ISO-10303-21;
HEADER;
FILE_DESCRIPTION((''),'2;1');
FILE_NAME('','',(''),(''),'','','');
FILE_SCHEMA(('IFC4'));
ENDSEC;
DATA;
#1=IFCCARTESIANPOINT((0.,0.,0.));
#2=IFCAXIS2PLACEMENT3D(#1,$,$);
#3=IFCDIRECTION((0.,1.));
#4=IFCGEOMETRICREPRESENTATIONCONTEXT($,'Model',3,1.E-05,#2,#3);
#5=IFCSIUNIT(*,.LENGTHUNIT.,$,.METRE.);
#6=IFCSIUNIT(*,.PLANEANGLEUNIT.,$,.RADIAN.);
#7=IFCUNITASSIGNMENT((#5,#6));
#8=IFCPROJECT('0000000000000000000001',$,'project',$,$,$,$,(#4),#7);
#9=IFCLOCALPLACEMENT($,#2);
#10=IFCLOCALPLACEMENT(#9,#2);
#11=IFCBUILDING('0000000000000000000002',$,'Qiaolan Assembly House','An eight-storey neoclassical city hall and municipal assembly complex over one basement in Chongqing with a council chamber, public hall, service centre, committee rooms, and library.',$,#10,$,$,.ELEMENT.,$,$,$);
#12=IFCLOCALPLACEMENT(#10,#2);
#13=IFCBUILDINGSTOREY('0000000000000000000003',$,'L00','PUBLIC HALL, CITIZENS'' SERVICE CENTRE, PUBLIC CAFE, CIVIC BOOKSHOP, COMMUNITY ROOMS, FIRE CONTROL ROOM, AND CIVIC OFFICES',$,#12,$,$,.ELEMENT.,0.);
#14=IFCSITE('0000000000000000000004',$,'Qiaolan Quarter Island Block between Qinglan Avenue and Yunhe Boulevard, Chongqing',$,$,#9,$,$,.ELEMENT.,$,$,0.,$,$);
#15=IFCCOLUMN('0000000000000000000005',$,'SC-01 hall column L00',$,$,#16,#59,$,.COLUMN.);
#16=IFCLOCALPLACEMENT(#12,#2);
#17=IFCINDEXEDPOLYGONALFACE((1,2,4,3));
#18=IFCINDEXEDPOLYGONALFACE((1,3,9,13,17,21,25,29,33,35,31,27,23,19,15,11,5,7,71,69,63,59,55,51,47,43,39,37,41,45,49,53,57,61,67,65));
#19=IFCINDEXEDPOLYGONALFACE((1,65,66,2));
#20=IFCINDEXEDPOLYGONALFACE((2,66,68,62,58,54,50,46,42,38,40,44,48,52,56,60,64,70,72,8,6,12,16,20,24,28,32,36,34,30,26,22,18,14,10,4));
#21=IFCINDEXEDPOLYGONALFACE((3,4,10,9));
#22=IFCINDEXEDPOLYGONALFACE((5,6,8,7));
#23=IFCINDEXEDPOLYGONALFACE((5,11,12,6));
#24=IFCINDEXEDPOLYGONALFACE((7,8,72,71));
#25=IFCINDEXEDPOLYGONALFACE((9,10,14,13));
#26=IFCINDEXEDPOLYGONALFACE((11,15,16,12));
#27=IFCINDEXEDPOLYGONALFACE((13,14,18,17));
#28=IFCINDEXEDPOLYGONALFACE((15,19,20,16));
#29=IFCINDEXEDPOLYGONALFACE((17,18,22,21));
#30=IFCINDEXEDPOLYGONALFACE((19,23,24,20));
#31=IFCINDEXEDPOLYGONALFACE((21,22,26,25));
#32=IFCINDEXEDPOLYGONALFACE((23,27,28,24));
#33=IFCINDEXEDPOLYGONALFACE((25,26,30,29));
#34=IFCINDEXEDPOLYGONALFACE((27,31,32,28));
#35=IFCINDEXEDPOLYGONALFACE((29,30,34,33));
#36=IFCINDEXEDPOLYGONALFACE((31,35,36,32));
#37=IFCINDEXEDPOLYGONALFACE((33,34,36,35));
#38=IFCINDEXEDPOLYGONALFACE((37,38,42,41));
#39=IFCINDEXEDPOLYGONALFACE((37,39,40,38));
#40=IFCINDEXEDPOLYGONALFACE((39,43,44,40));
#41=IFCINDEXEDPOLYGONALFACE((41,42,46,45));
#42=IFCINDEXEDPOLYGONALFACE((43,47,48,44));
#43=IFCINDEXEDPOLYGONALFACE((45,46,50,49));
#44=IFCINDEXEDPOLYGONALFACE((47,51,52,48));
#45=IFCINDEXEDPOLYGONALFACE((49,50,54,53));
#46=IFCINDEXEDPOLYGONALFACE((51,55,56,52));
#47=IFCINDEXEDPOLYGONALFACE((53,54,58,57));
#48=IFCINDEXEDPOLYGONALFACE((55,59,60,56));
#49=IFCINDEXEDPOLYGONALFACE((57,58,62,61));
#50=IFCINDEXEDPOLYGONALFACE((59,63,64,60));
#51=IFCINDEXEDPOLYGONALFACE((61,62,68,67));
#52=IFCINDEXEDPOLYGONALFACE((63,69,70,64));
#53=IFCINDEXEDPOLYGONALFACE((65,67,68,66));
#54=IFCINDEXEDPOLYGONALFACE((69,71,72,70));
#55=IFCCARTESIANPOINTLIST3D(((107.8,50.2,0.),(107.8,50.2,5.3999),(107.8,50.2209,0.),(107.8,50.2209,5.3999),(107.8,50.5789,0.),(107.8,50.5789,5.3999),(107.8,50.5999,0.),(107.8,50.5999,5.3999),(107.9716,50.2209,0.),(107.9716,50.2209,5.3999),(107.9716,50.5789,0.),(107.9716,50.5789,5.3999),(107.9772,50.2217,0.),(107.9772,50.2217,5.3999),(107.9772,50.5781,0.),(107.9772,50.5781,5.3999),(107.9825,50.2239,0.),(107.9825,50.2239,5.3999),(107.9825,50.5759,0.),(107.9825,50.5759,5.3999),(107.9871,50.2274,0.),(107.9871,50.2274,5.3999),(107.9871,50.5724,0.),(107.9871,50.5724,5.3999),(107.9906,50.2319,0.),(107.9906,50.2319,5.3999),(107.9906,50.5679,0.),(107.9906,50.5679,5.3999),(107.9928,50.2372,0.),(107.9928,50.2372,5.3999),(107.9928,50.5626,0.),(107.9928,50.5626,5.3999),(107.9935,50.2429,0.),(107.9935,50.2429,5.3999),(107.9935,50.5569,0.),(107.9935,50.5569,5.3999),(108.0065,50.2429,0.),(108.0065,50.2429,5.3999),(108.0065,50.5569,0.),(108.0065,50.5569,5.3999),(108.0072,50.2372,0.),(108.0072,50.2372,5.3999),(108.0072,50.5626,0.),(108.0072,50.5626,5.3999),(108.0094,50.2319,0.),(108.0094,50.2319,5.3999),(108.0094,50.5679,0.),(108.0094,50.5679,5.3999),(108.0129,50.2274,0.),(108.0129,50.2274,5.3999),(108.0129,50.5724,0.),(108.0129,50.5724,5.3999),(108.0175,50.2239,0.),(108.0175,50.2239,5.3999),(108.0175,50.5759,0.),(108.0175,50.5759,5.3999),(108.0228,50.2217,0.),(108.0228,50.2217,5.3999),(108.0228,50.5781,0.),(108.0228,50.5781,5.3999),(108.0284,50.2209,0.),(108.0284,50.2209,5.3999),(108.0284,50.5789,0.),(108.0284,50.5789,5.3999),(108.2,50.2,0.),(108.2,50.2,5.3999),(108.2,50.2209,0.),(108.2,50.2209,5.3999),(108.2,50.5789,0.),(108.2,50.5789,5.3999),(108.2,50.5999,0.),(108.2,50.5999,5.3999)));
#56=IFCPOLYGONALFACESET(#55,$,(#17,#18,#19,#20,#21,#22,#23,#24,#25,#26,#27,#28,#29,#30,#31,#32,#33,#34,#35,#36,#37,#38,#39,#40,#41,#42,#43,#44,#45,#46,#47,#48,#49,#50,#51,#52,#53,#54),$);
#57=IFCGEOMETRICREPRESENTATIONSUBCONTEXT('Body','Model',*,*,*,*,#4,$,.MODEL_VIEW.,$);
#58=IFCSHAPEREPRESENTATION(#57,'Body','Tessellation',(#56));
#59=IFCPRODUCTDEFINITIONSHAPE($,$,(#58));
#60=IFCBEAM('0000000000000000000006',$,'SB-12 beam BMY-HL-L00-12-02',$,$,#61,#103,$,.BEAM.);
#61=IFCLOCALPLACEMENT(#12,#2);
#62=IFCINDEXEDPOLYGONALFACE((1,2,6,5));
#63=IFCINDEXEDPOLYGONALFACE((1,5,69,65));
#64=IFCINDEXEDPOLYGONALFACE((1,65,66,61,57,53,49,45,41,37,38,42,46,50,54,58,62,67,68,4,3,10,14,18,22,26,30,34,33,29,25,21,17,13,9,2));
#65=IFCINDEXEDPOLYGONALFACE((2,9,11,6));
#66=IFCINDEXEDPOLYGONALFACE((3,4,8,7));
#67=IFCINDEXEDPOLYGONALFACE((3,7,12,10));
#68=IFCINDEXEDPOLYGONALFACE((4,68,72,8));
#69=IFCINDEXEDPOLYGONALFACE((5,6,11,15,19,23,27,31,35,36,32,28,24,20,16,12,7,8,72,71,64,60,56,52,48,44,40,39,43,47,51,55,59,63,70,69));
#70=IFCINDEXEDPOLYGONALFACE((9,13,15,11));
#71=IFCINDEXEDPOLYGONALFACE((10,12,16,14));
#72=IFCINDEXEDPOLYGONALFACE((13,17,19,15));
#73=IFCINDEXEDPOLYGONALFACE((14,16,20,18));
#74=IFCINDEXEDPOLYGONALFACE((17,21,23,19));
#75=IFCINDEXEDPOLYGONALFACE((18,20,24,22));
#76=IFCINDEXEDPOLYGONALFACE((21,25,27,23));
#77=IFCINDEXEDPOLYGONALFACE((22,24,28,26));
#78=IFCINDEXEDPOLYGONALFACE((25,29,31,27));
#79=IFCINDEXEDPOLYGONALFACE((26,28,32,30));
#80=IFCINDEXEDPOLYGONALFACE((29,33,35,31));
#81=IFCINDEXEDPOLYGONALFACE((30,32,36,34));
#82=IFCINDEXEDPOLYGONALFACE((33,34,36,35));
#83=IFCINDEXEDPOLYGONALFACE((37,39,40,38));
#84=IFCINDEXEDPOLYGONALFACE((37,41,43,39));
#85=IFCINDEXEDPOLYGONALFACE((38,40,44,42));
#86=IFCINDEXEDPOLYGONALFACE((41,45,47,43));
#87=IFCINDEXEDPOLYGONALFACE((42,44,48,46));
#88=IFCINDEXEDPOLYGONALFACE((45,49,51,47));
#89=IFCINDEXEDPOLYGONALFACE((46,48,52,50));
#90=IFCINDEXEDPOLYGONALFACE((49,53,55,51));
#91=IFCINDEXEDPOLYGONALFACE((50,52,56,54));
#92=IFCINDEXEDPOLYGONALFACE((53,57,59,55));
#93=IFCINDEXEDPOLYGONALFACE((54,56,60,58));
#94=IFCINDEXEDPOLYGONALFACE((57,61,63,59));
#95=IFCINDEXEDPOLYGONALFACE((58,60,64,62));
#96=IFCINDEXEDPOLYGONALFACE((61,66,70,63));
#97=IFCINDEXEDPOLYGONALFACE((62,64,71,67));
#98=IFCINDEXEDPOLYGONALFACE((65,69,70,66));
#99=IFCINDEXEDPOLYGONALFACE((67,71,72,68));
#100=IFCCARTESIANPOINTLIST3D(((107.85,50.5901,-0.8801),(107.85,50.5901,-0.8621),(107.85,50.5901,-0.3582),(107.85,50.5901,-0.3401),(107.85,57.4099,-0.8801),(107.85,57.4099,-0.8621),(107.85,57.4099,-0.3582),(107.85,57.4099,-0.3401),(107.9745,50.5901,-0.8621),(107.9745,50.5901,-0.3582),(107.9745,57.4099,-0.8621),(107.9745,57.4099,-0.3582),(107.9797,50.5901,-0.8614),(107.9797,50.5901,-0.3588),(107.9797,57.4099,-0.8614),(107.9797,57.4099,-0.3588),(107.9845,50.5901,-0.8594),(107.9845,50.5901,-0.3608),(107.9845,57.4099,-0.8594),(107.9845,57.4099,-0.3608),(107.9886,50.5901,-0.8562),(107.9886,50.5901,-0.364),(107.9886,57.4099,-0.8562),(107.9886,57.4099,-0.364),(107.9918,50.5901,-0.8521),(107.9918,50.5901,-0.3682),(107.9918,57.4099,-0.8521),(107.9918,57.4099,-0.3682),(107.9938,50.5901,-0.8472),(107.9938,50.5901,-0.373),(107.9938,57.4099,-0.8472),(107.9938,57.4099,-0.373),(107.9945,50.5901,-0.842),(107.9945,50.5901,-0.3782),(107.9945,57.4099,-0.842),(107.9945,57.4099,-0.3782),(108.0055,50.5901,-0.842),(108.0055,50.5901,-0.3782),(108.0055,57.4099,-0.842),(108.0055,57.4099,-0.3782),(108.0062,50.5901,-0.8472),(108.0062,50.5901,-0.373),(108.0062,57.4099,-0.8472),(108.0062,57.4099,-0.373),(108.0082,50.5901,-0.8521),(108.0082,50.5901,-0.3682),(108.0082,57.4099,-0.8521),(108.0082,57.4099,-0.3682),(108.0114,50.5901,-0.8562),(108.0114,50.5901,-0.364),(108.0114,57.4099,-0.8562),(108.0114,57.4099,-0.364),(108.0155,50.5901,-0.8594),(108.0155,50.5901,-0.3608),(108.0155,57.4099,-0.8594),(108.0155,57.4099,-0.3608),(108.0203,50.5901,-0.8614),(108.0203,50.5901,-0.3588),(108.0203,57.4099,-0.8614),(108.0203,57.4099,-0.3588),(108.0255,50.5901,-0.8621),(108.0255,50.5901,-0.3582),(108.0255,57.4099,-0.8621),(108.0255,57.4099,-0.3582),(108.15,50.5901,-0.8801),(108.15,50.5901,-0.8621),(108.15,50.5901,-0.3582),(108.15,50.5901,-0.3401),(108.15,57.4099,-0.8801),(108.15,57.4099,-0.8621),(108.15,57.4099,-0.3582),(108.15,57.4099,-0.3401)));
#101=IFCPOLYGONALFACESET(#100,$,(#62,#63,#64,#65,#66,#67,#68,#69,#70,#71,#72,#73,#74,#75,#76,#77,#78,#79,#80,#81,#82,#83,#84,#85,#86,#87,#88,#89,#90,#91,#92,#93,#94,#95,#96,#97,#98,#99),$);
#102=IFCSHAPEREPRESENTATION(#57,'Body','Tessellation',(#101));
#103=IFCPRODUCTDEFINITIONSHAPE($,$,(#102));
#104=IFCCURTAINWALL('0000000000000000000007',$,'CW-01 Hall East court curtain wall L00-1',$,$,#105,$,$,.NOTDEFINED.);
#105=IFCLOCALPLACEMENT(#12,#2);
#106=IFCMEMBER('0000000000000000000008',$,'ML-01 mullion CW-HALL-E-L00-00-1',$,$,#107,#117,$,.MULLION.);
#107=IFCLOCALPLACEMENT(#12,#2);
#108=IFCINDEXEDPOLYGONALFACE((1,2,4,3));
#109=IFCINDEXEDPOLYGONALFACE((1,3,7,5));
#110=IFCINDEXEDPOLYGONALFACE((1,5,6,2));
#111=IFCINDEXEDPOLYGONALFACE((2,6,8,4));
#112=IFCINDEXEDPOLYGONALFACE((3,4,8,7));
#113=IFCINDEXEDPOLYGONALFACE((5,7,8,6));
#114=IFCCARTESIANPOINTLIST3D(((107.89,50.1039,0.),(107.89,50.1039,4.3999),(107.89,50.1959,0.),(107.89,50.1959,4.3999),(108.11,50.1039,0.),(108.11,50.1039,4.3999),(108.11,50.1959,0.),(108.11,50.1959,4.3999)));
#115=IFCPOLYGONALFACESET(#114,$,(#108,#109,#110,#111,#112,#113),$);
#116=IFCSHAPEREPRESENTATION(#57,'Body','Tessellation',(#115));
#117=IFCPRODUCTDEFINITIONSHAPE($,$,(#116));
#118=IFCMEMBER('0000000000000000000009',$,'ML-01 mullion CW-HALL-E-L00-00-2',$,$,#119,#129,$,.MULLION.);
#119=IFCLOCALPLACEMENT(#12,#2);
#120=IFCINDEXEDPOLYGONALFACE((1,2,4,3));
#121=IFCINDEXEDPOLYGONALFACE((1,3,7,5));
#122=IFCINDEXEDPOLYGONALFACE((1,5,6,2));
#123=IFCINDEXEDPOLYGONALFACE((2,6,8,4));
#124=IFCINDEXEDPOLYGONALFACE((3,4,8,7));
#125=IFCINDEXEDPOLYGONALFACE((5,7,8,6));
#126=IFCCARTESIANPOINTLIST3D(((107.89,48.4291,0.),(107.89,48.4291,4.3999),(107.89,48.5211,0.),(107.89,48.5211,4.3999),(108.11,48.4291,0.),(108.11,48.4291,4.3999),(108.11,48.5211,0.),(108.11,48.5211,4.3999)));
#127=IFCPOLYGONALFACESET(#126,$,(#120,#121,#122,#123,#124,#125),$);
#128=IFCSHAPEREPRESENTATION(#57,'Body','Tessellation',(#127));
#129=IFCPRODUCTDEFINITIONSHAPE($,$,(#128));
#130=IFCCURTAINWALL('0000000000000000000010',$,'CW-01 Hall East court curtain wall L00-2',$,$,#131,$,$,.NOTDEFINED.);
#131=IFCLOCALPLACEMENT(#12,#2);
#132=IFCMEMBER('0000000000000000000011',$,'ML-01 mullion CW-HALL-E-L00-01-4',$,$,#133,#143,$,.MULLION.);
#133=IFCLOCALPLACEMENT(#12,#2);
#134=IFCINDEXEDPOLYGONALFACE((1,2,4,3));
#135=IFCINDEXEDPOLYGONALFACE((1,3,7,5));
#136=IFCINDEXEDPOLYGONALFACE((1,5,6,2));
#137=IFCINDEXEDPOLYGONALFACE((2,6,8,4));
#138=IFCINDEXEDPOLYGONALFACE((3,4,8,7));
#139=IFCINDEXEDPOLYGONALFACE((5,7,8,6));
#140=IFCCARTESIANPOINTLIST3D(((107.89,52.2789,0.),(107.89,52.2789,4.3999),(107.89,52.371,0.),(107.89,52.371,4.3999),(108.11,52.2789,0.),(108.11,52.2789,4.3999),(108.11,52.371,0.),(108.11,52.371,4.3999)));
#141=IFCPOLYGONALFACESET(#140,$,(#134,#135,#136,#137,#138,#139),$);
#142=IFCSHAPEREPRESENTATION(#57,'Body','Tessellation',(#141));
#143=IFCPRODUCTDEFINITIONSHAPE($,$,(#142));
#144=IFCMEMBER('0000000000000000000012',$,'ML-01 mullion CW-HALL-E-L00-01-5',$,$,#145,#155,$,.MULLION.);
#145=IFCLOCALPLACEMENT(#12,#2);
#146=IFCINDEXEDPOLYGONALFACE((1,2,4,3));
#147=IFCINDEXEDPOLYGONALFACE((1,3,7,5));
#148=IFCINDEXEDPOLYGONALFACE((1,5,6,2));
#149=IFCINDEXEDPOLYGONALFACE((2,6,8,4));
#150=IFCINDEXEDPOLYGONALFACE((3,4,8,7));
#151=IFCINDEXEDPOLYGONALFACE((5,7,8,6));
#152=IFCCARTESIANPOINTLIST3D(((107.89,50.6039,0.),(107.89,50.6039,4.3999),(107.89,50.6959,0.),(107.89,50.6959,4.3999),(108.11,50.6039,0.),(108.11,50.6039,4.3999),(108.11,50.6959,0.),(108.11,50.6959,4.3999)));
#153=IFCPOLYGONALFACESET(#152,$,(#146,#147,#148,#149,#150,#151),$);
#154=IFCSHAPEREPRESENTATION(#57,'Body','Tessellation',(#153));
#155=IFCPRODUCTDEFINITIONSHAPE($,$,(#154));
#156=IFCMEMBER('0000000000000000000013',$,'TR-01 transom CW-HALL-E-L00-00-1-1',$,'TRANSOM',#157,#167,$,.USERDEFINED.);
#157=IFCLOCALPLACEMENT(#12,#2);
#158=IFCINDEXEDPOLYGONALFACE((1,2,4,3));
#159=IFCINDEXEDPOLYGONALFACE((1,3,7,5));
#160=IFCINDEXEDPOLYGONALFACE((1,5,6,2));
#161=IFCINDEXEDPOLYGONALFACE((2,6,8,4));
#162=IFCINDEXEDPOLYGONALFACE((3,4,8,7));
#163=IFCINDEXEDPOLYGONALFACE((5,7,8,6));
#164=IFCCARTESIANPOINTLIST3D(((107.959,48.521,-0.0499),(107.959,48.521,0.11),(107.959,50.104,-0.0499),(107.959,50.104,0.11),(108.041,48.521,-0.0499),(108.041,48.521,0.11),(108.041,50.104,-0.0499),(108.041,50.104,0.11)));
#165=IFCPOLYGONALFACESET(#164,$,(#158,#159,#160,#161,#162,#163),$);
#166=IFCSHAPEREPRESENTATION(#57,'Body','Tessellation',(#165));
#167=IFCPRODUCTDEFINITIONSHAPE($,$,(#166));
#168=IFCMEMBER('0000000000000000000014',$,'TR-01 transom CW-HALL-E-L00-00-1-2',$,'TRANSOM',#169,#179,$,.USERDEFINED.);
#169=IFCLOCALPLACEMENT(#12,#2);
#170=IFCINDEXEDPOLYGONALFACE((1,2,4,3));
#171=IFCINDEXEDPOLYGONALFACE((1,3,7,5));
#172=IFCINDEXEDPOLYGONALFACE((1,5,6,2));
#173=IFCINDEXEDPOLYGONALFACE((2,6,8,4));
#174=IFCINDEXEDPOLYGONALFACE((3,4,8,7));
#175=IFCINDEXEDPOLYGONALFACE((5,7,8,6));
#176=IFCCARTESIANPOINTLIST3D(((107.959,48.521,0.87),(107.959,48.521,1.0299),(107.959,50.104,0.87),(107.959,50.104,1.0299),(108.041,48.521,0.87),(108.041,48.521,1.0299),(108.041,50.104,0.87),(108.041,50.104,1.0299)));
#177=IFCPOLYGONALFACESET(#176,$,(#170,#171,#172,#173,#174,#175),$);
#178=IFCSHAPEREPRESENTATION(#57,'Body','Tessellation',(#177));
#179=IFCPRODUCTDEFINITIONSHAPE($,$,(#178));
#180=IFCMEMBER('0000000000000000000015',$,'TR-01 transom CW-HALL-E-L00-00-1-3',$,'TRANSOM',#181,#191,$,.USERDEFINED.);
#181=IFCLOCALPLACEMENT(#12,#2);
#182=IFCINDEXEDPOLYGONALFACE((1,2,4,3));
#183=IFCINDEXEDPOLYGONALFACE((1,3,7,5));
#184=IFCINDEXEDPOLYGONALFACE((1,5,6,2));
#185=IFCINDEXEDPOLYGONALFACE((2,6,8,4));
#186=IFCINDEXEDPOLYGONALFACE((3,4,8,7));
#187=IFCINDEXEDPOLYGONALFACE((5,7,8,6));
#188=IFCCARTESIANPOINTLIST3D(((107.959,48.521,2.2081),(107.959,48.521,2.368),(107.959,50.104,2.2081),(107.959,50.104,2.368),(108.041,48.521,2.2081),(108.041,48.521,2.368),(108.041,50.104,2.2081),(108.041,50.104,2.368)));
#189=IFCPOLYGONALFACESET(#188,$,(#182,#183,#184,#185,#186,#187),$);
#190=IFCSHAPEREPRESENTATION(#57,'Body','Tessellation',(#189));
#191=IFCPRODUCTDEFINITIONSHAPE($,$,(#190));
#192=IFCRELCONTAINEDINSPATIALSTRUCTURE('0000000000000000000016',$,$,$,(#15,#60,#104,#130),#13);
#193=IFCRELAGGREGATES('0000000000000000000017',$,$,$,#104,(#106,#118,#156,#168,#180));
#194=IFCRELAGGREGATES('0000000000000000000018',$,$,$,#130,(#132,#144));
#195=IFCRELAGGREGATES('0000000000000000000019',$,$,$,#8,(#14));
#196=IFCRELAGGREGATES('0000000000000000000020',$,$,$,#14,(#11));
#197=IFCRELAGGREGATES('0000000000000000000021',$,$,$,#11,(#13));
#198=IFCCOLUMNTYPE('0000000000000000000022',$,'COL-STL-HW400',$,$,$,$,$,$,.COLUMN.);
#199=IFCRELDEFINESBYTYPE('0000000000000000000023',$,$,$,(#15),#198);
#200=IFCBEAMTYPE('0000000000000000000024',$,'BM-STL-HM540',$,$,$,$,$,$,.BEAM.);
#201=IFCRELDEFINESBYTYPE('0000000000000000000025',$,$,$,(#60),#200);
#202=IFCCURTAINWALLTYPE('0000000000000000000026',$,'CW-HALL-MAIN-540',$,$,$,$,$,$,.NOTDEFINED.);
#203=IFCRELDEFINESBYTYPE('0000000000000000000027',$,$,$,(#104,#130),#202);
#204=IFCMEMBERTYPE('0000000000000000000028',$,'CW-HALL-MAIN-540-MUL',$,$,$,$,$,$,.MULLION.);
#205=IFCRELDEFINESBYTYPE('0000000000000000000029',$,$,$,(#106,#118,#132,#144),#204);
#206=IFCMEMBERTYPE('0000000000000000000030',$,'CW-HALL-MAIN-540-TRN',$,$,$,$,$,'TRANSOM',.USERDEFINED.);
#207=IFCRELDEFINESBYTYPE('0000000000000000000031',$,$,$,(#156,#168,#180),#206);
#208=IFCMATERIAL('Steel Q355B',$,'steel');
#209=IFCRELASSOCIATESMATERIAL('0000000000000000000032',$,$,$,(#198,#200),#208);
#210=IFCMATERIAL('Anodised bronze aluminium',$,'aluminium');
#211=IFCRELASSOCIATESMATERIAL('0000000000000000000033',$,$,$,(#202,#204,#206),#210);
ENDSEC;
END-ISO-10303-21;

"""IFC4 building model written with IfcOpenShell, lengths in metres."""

from ifc_helpers import new_model, si_unit, direction, frame, origin, origin_2d, place, context, subcontext, project, spatial, rectangle, i_section, extrude, material, material_profile, profile_set, type_object, element, aggregate, save


model = new_model("IFC4")

# Units and contexts
model_context = context("Model", 3, precision=1e-05, world=origin(), true_north=direction((0.0, 1.0)))
body_context = subcontext(model_context, "Body", "Model", "MODEL_VIEW")
ifc_project = project(units=[si_unit("LENGTHUNIT", "METRE"), si_unit("PLANEANGLEUNIT", "RADIAN")], contexts=[model_context])

# Site, building, storey
site_placement = place(None, origin())
site = spatial("IfcSite", under=ifc_project, at=site_placement, Name="Qiaolan Quarter Island Block between Qinglan Avenue and Yunhe Boulevard, Chongqing", CompositionType="ELEMENT", RefElevation=0.0)
building_placement = place(site_placement, origin())
building = spatial("IfcBuilding", under=site, at=building_placement, Name="Qiaolan Assembly House", Description="An eight-storey neoclassical city hall and municipal assembly complex over one basement in Chongqing with a council chamber, public hall, service centre, committee rooms, and library.", CompositionType="ELEMENT")
storey_placement = place(building_placement, origin())
storey = spatial("IfcBuildingStorey", under=building, at=storey_placement, Name="L00", Description="PUBLIC HALL, CITIZENS' SERVICE CENTRE, PUBLIC CAFE, CIVIC BOOKSHOP, COMMUNITY ROOMS, FIRE CONTROL ROOM, AND CIVIC OFFICES", CompositionType="ELEMENT", Elevation=0.0)

# Column
ifc_material_1 = material(Name="Steel Q355B", Category="steel")
ifc_material_profile_1 = material_profile(ifc_material_1, i_section(OverallWidth=0.3999, OverallDepth=0.3999, WebThickness=0.0129, FlangeThickness=0.021, FilletRadius=0.022, at=origin_2d()), Name="HW 400x400x13x21")
ifc_profile_set_1 = profile_set([ifc_material_profile_1], Name="Steel Q355B")
column_type = type_object("IfcColumnType", Name="COL-STL-HW400", PredefinedType="COLUMN", material=ifc_profile_set_1)
column_placement = place(storey_placement, frame((108.0, 50.3999, 0.0), z_axis=(0.0, 0.0, 1.0), x_axis=(1.0, 0.0, 0.0)))
element("IfcColumn", 1, at=column_placement, inside=storey, type_object=column_type, Name="SC-01 hall column L00", PredefinedType="COLUMN", context=body_context, shape_type="SweptSolid", body=[
    extrude(i_section(OverallWidth=0.3999, OverallDepth=0.3999, WebThickness=0.0129, FlangeThickness=0.021, FilletRadius=0.022, at=origin_2d()), origin(), (0.0, 0.0, 1.0), 5.3999),
])

# Beam
ifc_material_profile_2 = material_profile(ifc_material_1, i_section(OverallWidth=0.3, OverallDepth=0.54, WebThickness=0.011, FlangeThickness=0.0181, FilletRadius=0.02, at=origin_2d()), Name="HM 540x300x11x18")
ifc_profile_set_2 = profile_set([ifc_material_profile_2], Name="Steel Q355B")
beam_type = type_object("IfcBeamType", Name="BM-STL-HM540", PredefinedType="BEAM", material=ifc_profile_set_2)
beam_placement = place(storey_placement, frame((108.0, 50.5901, -0.6101), z_axis=(0.0, 1.0, 0.0), x_axis=(-1.0, 0.0, 0.0)))
element("IfcBeam", 2, at=beam_placement, inside=storey, type_object=beam_type, Name="SB-12 beam BMY-HL-L00-12-02", PredefinedType="BEAM", context=body_context, shape_type="SweptSolid", body=[
    extrude(i_section(OverallWidth=0.3, OverallDepth=0.54, WebThickness=0.011, FlangeThickness=0.0181, FilletRadius=0.02, at=origin_2d()), origin(), (0.0, 0.0, 1.0), 6.8198),
])

# Curtain walls, members
ifc_material_2 = material(Name="Anodised bronze aluminium", Category="aluminium")
curtain_wall_type = type_object("IfcCurtainWallType", Name="CW-HALL-MAIN-540", PredefinedType="NOTDEFINED", material=ifc_material_2)
curtain_wall_1_placement = place(storey_placement, origin())
curtain_wall_1 = element("IfcCurtainWall", 3, at=curtain_wall_1_placement, inside=storey, type_object=curtain_wall_type, Name="CW-01 Hall East court curtain wall L00-1", PredefinedType="NOTDEFINED")
ifc_material_profile_3 = material_profile(ifc_material_2, rectangle(XDim=0.092, YDim=0.22, at=origin_2d()), Name="MUL 92x220")
ifc_profile_set_3 = profile_set([ifc_material_profile_3], Name="Anodised bronze aluminium")
member_type_1 = type_object("IfcMemberType", Name="CW-HALL-MAIN-540-MUL", PredefinedType="MULLION", material=ifc_profile_set_3)
member_1_placement = place(storey_placement, frame((108.0, 50.1499, 0.0), z_axis=(0.0, 0.0, 1.0), x_axis=(0.0, -1.0, 0.0)))
member_1 = element("IfcMember", 4, at=member_1_placement, type_object=member_type_1, Name="ML-01 mullion CW-HALL-E-L00-00-1", PredefinedType="MULLION", context=body_context, shape_type="SweptSolid", body=[
    extrude(rectangle(XDim=0.092, YDim=0.22, at=origin_2d()), origin(), (0.0, 0.0, 1.0), 4.3999),
])
member_2_placement = place(storey_placement, frame((108.0, 48.4751, 0.0), z_axis=(0.0, 0.0, 1.0), x_axis=(0.0, -1.0, 0.0)))
member_2 = element("IfcMember", 5, at=member_2_placement, type_object=member_type_1, Name="ML-01 mullion CW-HALL-E-L00-00-2", PredefinedType="MULLION", context=body_context, shape_type="SweptSolid", body=[
    extrude(rectangle(XDim=0.092, YDim=0.22, at=origin_2d()), origin(), (0.0, 0.0, 1.0), 4.3999),
])
curtain_wall_2_placement = place(storey_placement, origin())
curtain_wall_2 = element("IfcCurtainWall", 6, at=curtain_wall_2_placement, inside=storey, type_object=curtain_wall_type, Name="CW-01 Hall East court curtain wall L00-2", PredefinedType="NOTDEFINED")
member_3_placement = place(storey_placement, frame((108.0, 52.325, 0.0), z_axis=(0.0, 0.0, 1.0), x_axis=(0.0, -1.0, 0.0)))
member_3 = element("IfcMember", 7, at=member_3_placement, type_object=member_type_1, Name="ML-01 mullion CW-HALL-E-L00-01-4", PredefinedType="MULLION", context=body_context, shape_type="SweptSolid", body=[
    extrude(rectangle(XDim=0.092, YDim=0.22, at=origin_2d()), origin(), (0.0, 0.0, 1.0), 4.3999),
])
member_4_placement = place(storey_placement, frame((108.0, 50.6499, 0.0), z_axis=(0.0, 0.0, 1.0), x_axis=(0.0, -1.0, 0.0)))
member_4 = element("IfcMember", 8, at=member_4_placement, type_object=member_type_1, Name="ML-01 mullion CW-HALL-E-L00-01-5", PredefinedType="MULLION", context=body_context, shape_type="SweptSolid", body=[
    extrude(rectangle(XDim=0.092, YDim=0.22, at=origin_2d()), origin(), (0.0, 0.0, 1.0), 4.3999),
])

# Members
ifc_material_profile_4 = material_profile(ifc_material_2, rectangle(XDim=0.082, YDim=0.1599, at=origin_2d()), Name="TRN 82x160")
ifc_profile_set_4 = profile_set([ifc_material_profile_4], Name="Anodised bronze aluminium")
member_type_2 = type_object("IfcMemberType", Name="CW-HALL-MAIN-540-TRN", ElementType="TRANSOM", PredefinedType="USERDEFINED", material=ifc_profile_set_4)
member_5_placement = place(storey_placement, frame((108.0, 50.104, 0.03), z_axis=(0.0, -1.0, 0.0), x_axis=(1.0, 0.0, 0.0)))
member_5 = element("IfcMember", 9, at=member_5_placement, type_object=member_type_2, Name="TR-01 transom CW-HALL-E-L00-00-1-1", ObjectType="TRANSOM", PredefinedType="USERDEFINED", context=body_context, shape_type="SweptSolid", body=[
    extrude(rectangle(XDim=0.082, YDim=0.1599, at=origin_2d()), origin(), (0.0, 0.0, 1.0), 1.583),
])
member_6_placement = place(storey_placement, frame((108.0, 50.104, 0.95), z_axis=(0.0, -1.0, 0.0), x_axis=(1.0, 0.0, 0.0)))
member_6 = element("IfcMember", 10, at=member_6_placement, type_object=member_type_2, Name="TR-01 transom CW-HALL-E-L00-00-1-2", ObjectType="TRANSOM", PredefinedType="USERDEFINED", context=body_context, shape_type="SweptSolid", body=[
    extrude(rectangle(XDim=0.082, YDim=0.1599, at=origin_2d()), origin(), (0.0, 0.0, 1.0), 1.583),
])
member_7_placement = place(storey_placement, frame((108.0, 50.104, 2.2881), z_axis=(0.0, -1.0, 0.0), x_axis=(1.0, 0.0, 0.0)))
member_7 = element("IfcMember", 11, at=member_7_placement, type_object=member_type_2, Name="TR-01 transom CW-HALL-E-L00-00-1-3", ObjectType="TRANSOM", PredefinedType="USERDEFINED", context=body_context, shape_type="SweptSolid", body=[
    extrude(rectangle(XDim=0.082, YDim=0.1599, at=origin_2d()), origin(), (0.0, 0.0, 1.0), 1.583),
])

aggregate(curtain_wall_1, [member_1, member_2, member_5, member_6, member_7])
aggregate(curtain_wall_2, [member_3, member_4])

save(model, "model.ifc")
